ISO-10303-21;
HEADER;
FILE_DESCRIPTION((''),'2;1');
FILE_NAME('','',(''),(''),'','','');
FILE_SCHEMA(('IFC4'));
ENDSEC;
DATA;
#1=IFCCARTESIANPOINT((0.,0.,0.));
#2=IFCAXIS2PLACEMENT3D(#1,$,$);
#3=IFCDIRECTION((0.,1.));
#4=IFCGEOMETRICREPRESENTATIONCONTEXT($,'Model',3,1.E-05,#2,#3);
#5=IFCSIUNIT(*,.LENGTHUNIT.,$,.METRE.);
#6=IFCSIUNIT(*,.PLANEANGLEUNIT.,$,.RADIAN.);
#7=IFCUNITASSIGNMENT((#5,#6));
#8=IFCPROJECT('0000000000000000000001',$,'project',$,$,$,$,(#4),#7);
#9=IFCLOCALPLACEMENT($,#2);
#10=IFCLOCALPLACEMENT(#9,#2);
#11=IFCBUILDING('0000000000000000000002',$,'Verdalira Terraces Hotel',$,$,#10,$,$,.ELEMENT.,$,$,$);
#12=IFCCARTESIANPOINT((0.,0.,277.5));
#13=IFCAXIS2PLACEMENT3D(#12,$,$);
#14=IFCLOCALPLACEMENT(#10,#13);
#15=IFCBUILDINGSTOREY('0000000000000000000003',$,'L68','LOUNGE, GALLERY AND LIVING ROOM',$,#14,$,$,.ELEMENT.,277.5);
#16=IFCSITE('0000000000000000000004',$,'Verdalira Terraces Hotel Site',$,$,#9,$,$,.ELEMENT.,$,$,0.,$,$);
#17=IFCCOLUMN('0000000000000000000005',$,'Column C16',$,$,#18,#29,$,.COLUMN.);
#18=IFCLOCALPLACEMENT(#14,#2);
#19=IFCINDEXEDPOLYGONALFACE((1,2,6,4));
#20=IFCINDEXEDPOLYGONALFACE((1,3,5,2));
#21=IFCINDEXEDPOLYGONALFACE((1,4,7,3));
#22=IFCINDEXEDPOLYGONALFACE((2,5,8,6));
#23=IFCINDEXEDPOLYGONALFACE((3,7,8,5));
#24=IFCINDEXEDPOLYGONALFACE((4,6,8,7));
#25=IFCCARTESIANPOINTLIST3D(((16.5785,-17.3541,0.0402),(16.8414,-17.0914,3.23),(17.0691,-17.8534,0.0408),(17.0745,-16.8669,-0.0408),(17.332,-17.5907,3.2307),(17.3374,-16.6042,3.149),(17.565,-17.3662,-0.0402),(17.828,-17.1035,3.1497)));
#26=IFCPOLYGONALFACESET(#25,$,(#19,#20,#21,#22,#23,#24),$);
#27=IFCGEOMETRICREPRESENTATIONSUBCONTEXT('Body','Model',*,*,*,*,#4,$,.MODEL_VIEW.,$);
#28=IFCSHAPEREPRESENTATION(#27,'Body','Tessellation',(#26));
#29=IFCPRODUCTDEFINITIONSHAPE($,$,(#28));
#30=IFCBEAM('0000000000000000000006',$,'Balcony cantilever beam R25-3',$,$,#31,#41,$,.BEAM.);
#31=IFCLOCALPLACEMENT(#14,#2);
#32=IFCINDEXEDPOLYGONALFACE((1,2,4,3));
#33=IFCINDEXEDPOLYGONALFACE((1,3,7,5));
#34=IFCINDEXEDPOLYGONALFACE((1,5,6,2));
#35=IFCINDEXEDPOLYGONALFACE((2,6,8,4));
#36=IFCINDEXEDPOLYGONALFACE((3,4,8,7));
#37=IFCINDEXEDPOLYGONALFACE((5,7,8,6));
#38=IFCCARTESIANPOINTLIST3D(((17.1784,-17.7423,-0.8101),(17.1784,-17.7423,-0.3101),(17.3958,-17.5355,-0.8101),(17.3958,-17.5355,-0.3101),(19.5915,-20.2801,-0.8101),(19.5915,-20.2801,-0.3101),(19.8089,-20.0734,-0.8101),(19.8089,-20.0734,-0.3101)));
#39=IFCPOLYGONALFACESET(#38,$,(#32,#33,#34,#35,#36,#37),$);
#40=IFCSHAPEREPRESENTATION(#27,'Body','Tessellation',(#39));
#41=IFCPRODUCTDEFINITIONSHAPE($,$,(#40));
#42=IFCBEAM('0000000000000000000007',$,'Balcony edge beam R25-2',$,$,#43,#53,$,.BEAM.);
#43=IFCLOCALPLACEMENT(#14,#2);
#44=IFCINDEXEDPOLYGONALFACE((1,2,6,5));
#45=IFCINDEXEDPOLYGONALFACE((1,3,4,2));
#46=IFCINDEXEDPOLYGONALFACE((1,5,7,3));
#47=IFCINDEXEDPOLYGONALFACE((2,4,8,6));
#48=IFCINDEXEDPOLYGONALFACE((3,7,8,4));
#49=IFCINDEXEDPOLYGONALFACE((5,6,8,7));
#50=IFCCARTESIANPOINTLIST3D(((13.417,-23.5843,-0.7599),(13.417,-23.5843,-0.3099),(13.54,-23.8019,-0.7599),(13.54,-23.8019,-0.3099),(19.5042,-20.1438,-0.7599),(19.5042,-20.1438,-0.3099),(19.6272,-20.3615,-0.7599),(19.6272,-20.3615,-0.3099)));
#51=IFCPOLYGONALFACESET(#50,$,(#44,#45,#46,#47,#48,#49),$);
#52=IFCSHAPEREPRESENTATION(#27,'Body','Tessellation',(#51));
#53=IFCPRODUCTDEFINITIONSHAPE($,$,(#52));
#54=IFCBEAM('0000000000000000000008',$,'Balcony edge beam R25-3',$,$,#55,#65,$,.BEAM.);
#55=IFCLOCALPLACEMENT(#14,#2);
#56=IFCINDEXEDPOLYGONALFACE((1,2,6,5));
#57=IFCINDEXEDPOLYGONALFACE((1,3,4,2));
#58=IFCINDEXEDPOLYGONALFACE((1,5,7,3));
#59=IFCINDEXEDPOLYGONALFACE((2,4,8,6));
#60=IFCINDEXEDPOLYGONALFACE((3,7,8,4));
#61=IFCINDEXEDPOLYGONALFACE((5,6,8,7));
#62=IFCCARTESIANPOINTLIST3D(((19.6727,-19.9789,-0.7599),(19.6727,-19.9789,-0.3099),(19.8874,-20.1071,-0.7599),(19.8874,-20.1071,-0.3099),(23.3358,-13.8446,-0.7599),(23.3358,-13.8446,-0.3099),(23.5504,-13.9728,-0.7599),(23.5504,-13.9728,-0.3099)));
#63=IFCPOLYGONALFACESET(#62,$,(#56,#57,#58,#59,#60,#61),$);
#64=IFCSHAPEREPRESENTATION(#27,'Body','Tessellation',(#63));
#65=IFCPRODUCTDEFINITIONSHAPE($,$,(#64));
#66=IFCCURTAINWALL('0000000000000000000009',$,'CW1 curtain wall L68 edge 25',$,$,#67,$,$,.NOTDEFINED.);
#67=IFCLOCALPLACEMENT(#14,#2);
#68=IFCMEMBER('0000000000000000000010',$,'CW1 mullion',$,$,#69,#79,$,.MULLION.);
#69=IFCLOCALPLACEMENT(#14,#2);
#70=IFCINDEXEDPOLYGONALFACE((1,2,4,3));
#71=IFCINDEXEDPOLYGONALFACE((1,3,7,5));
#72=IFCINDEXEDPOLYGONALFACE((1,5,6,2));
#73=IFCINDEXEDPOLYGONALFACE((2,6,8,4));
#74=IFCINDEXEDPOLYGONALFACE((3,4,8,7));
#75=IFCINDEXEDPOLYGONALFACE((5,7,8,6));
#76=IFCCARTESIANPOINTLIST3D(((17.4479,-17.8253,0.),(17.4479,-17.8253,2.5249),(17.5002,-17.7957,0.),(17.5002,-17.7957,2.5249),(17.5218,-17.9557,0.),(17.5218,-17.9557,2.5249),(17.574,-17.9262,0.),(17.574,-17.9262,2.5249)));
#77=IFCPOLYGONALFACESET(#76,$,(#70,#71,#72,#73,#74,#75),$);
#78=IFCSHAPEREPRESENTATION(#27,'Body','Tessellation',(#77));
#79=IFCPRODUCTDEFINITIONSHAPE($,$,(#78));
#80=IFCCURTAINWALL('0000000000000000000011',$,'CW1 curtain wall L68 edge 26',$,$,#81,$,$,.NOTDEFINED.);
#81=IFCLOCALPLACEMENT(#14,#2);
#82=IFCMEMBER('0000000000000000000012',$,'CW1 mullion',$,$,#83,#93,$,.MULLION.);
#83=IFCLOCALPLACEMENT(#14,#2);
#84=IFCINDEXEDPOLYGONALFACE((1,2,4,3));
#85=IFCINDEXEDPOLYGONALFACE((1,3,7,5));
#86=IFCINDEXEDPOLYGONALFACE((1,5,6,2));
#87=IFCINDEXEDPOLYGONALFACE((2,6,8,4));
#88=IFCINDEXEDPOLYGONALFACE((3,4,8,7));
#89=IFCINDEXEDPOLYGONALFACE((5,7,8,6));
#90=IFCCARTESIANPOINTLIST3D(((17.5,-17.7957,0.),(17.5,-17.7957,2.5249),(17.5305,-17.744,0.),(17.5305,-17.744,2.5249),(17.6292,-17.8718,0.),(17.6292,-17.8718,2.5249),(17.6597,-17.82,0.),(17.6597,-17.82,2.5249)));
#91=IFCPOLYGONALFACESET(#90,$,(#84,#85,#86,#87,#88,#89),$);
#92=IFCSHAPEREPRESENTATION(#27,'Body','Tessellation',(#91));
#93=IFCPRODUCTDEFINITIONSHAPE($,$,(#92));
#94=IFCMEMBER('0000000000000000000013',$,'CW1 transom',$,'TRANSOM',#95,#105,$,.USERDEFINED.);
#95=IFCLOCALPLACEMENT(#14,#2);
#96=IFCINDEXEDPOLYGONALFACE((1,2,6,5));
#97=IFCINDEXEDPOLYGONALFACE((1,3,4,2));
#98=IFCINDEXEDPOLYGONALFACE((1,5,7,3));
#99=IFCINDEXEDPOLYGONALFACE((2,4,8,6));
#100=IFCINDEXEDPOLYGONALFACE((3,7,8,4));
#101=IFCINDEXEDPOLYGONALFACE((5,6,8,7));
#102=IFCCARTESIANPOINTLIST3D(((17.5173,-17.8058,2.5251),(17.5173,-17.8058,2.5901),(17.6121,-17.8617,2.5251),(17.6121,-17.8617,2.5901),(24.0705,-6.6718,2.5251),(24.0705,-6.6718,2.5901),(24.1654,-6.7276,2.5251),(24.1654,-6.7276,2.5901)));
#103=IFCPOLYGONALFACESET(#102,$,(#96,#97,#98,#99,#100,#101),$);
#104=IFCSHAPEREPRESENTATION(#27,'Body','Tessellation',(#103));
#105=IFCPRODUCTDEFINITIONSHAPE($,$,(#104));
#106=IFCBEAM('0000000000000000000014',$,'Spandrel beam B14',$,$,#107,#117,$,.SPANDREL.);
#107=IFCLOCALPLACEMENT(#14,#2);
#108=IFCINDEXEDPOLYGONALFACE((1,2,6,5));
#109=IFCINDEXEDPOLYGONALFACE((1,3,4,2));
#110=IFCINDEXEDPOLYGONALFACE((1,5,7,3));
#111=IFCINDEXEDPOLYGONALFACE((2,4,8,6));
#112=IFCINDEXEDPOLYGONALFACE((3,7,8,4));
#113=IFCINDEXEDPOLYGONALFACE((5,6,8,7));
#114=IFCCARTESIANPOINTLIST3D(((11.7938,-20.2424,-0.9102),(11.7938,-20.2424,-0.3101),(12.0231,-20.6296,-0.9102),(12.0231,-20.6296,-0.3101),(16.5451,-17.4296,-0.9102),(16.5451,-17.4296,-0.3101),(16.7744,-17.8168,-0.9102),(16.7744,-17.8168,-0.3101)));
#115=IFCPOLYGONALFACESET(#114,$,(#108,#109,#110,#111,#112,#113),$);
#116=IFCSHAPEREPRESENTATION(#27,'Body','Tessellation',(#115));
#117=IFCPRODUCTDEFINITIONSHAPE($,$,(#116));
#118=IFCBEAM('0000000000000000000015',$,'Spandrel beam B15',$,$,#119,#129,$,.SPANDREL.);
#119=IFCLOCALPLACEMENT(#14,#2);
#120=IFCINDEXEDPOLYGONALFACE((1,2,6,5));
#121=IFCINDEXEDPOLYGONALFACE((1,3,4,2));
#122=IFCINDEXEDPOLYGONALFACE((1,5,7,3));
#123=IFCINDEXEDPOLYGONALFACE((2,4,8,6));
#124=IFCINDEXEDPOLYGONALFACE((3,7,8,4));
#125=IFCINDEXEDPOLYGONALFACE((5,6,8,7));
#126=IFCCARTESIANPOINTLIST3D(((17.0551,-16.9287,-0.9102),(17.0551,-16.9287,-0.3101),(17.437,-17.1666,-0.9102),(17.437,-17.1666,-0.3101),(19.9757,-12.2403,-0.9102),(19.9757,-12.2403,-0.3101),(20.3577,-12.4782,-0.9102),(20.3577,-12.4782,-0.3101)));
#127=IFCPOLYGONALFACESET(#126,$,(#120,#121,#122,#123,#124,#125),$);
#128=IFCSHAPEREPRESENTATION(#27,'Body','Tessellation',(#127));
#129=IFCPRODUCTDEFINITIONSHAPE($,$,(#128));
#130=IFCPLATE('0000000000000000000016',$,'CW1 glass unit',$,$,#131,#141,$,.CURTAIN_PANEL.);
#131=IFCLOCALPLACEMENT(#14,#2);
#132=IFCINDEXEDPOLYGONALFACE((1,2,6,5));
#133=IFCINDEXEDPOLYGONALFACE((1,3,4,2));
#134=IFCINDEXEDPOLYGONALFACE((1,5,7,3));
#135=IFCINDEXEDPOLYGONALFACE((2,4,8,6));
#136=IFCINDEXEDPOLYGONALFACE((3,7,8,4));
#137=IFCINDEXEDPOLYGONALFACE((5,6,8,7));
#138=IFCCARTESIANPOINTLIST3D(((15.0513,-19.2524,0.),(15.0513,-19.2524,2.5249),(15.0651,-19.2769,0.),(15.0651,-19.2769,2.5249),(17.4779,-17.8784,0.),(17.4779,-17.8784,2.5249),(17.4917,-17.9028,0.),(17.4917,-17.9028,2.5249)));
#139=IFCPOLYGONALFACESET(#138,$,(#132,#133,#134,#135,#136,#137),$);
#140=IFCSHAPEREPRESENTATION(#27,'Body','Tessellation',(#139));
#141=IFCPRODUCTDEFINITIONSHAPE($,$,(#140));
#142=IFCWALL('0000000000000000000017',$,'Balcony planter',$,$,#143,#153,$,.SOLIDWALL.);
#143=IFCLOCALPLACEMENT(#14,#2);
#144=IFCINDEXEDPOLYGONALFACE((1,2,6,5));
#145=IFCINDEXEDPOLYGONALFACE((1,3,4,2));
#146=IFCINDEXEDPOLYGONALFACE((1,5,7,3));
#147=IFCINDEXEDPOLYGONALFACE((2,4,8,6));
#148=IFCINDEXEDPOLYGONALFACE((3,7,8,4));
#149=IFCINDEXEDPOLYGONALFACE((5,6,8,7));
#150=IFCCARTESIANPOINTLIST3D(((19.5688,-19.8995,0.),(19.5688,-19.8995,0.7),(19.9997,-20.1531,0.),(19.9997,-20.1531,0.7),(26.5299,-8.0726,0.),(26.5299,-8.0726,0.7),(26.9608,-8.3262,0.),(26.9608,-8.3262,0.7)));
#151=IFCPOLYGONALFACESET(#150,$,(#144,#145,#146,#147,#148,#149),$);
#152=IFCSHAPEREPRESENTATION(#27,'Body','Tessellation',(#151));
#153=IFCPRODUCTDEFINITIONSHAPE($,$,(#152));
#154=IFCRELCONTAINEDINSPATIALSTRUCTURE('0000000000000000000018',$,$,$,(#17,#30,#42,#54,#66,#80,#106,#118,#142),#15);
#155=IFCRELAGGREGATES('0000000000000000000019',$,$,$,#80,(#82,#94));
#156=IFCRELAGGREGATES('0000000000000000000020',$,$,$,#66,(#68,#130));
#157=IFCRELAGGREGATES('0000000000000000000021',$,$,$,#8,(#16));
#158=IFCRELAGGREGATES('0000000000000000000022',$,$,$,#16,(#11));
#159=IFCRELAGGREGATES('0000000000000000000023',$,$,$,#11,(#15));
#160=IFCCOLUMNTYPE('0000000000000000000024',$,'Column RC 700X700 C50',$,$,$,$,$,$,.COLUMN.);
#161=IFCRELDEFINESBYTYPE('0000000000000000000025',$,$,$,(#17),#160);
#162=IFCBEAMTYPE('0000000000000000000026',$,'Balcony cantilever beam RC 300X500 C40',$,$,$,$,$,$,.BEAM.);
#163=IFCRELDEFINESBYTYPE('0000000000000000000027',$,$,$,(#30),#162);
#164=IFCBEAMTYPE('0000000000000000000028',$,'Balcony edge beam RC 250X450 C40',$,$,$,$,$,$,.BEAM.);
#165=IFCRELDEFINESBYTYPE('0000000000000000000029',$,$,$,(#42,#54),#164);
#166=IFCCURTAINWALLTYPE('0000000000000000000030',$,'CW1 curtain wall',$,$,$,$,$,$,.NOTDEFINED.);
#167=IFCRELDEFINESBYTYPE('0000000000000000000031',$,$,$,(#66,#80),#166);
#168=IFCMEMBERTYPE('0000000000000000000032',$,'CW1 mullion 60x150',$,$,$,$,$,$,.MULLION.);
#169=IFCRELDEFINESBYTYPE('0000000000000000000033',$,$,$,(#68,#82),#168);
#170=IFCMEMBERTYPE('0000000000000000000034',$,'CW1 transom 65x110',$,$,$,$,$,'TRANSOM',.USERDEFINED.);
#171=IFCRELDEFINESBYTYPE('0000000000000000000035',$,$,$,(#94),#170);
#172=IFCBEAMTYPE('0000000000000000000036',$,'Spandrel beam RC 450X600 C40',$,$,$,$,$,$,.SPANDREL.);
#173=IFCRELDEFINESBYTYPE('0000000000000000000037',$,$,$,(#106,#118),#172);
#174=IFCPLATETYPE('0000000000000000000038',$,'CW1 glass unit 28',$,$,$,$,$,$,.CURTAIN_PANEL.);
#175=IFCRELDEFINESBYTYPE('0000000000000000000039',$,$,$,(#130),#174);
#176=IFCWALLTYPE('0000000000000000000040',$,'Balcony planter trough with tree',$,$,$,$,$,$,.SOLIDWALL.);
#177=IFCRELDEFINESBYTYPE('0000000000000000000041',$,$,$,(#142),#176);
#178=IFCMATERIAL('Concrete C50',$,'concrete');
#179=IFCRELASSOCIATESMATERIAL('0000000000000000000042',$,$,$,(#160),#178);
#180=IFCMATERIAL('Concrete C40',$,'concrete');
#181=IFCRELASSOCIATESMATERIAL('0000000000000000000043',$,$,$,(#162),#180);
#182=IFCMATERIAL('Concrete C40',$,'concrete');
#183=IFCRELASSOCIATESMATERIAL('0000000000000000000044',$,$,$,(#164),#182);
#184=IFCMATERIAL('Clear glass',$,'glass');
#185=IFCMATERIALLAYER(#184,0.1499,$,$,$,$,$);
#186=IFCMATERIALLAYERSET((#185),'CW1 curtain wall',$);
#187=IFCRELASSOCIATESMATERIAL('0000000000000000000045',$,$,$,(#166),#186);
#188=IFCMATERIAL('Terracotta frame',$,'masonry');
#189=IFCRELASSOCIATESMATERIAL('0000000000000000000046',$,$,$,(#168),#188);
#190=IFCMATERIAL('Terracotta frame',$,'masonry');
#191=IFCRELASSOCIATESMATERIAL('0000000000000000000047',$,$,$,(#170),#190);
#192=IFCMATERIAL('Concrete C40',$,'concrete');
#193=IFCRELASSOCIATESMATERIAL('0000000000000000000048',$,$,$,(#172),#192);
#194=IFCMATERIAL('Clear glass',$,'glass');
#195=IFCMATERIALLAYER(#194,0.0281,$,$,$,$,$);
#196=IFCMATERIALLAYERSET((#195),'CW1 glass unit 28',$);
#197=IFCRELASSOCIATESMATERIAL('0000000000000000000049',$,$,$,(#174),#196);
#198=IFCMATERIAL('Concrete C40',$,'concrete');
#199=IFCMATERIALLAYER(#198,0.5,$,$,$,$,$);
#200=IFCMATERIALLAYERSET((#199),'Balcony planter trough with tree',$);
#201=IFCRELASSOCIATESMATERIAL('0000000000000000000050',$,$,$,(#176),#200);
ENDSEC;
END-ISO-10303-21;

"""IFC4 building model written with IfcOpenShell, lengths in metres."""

from ifc_helpers import new_model, si_unit, direction, frame, frame_2d, origin, origin_2d, place, context, subcontext, project, spatial, rectangle, extrude, material, layer, layer_set, material_profile, profile_set, type_object, element, aggregate, save


model = new_model("IFC4")

# Units and contexts
model_context = context("Model", 3, precision=1e-05, world=origin(), true_north=direction((0.0, 1.0)))
body_context = subcontext(model_context, "Body", "Model", "MODEL_VIEW")
ifc_project = project(units=[si_unit("LENGTHUNIT", "METRE"), si_unit("PLANEANGLEUNIT", "RADIAN")], contexts=[model_context])

# Site, building, storey
site_placement = place(None, origin())
site = spatial("IfcSite", under=ifc_project, at=site_placement, Name="Verdalira Terraces Hotel Site", CompositionType="ELEMENT", RefElevation=0.0)
building_placement = place(site_placement, origin())
building = spatial("IfcBuilding", under=site, at=building_placement, Name="Verdalira Terraces Hotel", CompositionType="ELEMENT")
storey_placement = place(building_placement, frame((0.0, 0.0, 277.5)))
storey = spatial("IfcBuildingStorey", under=building, at=storey_placement, Name="L68", Description="LOUNGE, GALLERY AND LIVING ROOM", CompositionType="ELEMENT", Elevation=277.5)

# Column
ifc_material_1 = material(Name="Concrete C50", Category="concrete")
ifc_material_profile_1 = material_profile(ifc_material_1, rectangle(XDim=0.7, YDim=0.7, at=origin_2d()), Name="RC 700X700")
ifc_profile_set_1 = profile_set([ifc_material_profile_1], Name="Concrete C50")
column_type = type_object("IfcColumnType", Name="Column RC 700X700 C50", PredefinedType="COLUMN", material=ifc_profile_set_1)
column_placement = place(storey_placement, frame((17.0718, -17.3601, 0.0), z_axis=(0.081874, 0.081798, 0.99328), x_axis=(-0.708617, -0.696038, 0.115729)))
element("IfcColumn", 1, at=column_placement, inside=storey, type_object=column_type, Name="Column C16", PredefinedType="COLUMN", context=body_context, shape_type="SweptSolid", body=[
    extrude(rectangle(XDim=0.7, YDim=0.7, at=origin_2d()), origin(), (0.0, 0.0, 1.0), 3.2114),
])

# Beams
ifc_material_2 = material(Name="Concrete C40", Category="concrete")
ifc_material_profile_2 = material_profile(ifc_material_2, rectangle(XDim=0.3, YDim=0.5, at=origin_2d()), Name="RC 300X500")
ifc_profile_set_2 = profile_set([ifc_material_profile_2], Name="Concrete C40")
beam_type_1 = type_object("IfcBeamType", Name="Balcony cantilever beam RC 300X500 C40", PredefinedType="BEAM", material=ifc_profile_set_2)
beam_1_placement = place(storey_placement, frame((17.2871, -17.6389, -0.5601), z_axis=(0.68907, -0.724695, 0.0), x_axis=(0.724695, 0.68907, 0.0)))
element("IfcBeam", 2, at=beam_1_placement, inside=storey, type_object=beam_type_1, Name="Balcony cantilever beam R25-3", PredefinedType="BEAM", context=body_context, shape_type="SweptSolid", body=[
    extrude(rectangle(XDim=0.3, YDim=0.5, at=origin_2d()), origin(), (0.0, 0.0, 1.0), 3.502),
])
ifc_material_3 = material(Name="Concrete C40", Category="concrete")
ifc_material_profile_3 = material_profile(ifc_material_3, rectangle(XDim=0.25, YDim=0.45, at=origin_2d()), Name="RC 250X450")
ifc_profile_set_3 = profile_set([ifc_material_profile_3], Name="Concrete C40")
beam_type_2 = type_object("IfcBeamType", Name="Balcony edge beam RC 250X450 C40", PredefinedType="BEAM", material=ifc_profile_set_3)
beam_2_placement = place(storey_placement, frame((13.4785, -23.6931, -0.5349), z_axis=(0.870571, 0.492042, 0.0), x_axis=(-0.492042, 0.870571, 0.0)))
element("IfcBeam", 3, at=beam_2_placement, inside=storey, type_object=beam_type_2, Name="Balcony edge beam R25-2", PredefinedType="BEAM", context=body_context, shape_type="SweptSolid", body=[
    extrude(rectangle(XDim=0.25, YDim=0.45, at=origin_2d()), origin(), (0.0, 0.0, 1.0), 6.9922),
])
beam_3_placement = place(storey_placement, frame((19.78, -20.043, -0.5349), z_axis=(0.512696, 0.85857, 0.0), x_axis=(-0.85857, 0.512696, 0.0)))
element("IfcBeam", 4, at=beam_3_placement, inside=storey, type_object=beam_type_2, Name="Balcony edge beam R25-3", PredefinedType="BEAM", context=body_context, shape_type="SweptSolid", body=[
    extrude(rectangle(XDim=0.25, YDim=0.45, at=origin_2d()), origin(), (0.0, 0.0, 1.0), 7.1448),
])

# Curtain wall, member
ifc_material_4 = material(Name="Clear glass", Category="glass")
ifc_layer_1 = layer(ifc_material_4, 0.1499)
ifc_layer_set_1 = layer_set([ifc_layer_1], Name="CW1 curtain wall")
curtain_wall_type = type_object("IfcCurtainWallType", Name="CW1 curtain wall", PredefinedType="NOTDEFINED", material=ifc_layer_set_1)
curtain_wall_1_placement = place(storey_placement, origin())
curtain_wall_1 = element("IfcCurtainWall", 5, at=curtain_wall_1_placement, inside=storey, type_object=curtain_wall_type, Name="CW1 curtain wall L68 edge 25", PredefinedType="NOTDEFINED")
ifc_material_5 = material(Name="Terracotta frame", Category="masonry")
ifc_material_profile_4 = material_profile(ifc_material_5, rectangle(XDim=0.0601, YDim=0.1499, at=origin_2d()), Name="MU 60x150")
ifc_profile_set_4 = profile_set([ifc_material_profile_4], Name="Terracotta frame")
member_type_1 = type_object("IfcMemberType", Name="CW1 mullion 60x150", PredefinedType="MULLION", material=ifc_profile_set_4)
member_1_placement = place(storey_placement, frame((17.511, -17.8757, 0.0), z_axis=(0.0, 0.0, 1.0), x_axis=(0.870184, 0.492727, 0.0)))
member_1 = element("IfcMember", 6, at=member_1_placement, type_object=member_type_1, Name="CW1 mullion", PredefinedType="MULLION", context=body_context, shape_type="SweptSolid", body=[
    extrude(rectangle(XDim=0.0601, YDim=0.1499, at=origin_2d()), origin(), (0.0, 0.0, 1.0), 2.5249),
])

# Curtain wall, members
curtain_wall_2_placement = place(storey_placement, origin())
curtain_wall_2 = element("IfcCurtainWall", 7, at=curtain_wall_2_placement, inside=storey, type_object=curtain_wall_type, Name="CW1 curtain wall L68 edge 26", PredefinedType="NOTDEFINED")
member_2_placement = place(storey_placement, frame((17.5798, -17.8079, 0.0), z_axis=(0.0, 0.0, 1.0), x_axis=(0.507238, 0.861806, 0.0)))
member_2 = element("IfcMember", 8, at=member_2_placement, type_object=member_type_1, Name="CW1 mullion", PredefinedType="MULLION", context=body_context, shape_type="SweptSolid", body=[
    extrude(rectangle(XDim=0.0601, YDim=0.1499, at=origin_2d()), origin(), (0.0, 0.0, 1.0), 2.5249),
])
ifc_material_6 = material(Name="Terracotta frame", Category="masonry")
ifc_material_profile_5 = material_profile(ifc_material_6, rectangle(XDim=0.1101, YDim=0.0649, at=origin_2d()), Name="TR 65x110")
ifc_profile_set_5 = profile_set([ifc_material_profile_5], Name="Terracotta frame")
member_type_2 = type_object("IfcMemberType", Name="CW1 transom 65x110", ElementType="TRANSOM", PredefinedType="USERDEFINED", material=ifc_profile_set_5)
member_3_placement = place(storey_placement, frame((17.5647, -17.8337, 2.5576), z_axis=(0.507238, 0.861806, 0.0), x_axis=(-0.861806, 0.507238, 0.0)))
member_3 = element("IfcMember", 9, at=member_3_placement, type_object=member_type_2, Name="CW1 transom", ObjectType="TRANSOM", PredefinedType="USERDEFINED", context=body_context, shape_type="SweptSolid", body=[
    extrude(rectangle(XDim=0.1101, YDim=0.0649, at=origin_2d()), origin(), (0.0, 0.0, 1.0), 12.9194),
])
aggregate(curtain_wall_2, [member_2, member_3])

# Beams
ifc_material_7 = material(Name="Concrete C40", Category="concrete")
ifc_material_profile_6 = material_profile(ifc_material_7, rectangle(XDim=0.45, YDim=0.6001, at=origin_2d()), Name="RC 450X600")
ifc_profile_set_6 = profile_set([ifc_material_profile_6], Name="Concrete C40")
beam_type_3 = type_object("IfcBeamType", Name="Spandrel beam RC 450X600 C40", PredefinedType="SPANDREL", material=ifc_profile_set_6)
beam_4_placement = place(storey_placement, frame((11.9084, -20.436, -0.6101), z_axis=(0.860513, 0.509428, 0.0), x_axis=(-0.509428, 0.860513, 0.0)))
element("IfcBeam", 10, at=beam_4_placement, inside=storey, type_object=beam_type_3, Name="Spandrel beam B14", PredefinedType="SPANDREL", context=body_context, shape_type="SweptSolid", body=[
    extrude(rectangle(XDim=0.45, YDim=0.6001, at=origin_2d()), origin(), (0.0, 0.0, 1.0), 5.5215),
])
beam_5_placement = place(storey_placement, frame((17.2461, -17.0476, -0.6101), z_axis=(0.528743, 0.848782, 0.0), x_axis=(-0.848782, 0.528743, 0.0)))
element("IfcBeam", 11, at=beam_5_placement, inside=storey, type_object=beam_type_3, Name="Spandrel beam B15", PredefinedType="SPANDREL", context=body_context, shape_type="SweptSolid", body=[
    extrude(rectangle(XDim=0.45, YDim=0.6001, at=origin_2d()), origin(), (0.0, 0.0, 1.0), 5.5237),
])

# Plate
ifc_material_8 = material(Name="Clear glass", Category="glass")
ifc_layer_2 = layer(ifc_material_8, 0.0281)
ifc_layer_set_2 = layer_set([ifc_layer_2], Name="CW1 glass unit 28")
plate_type = type_object("IfcPlateType", Name="CW1 glass unit 28", PredefinedType="CURTAIN_PANEL", material=ifc_layer_set_2)
plate_placement = place(storey_placement, frame((16.2715, -18.5776, 0.0), z_axis=(0.0, 0.0, 1.0), x_axis=(0.870184, 0.492727, 0.0)))
plate = element("IfcPlate", 12, at=plate_placement, type_object=plate_type, Name="CW1 glass unit", PredefinedType="CURTAIN_PANEL", context=body_context, shape_type="SweptSolid", body=[
    extrude(rectangle(XDim=2.7886, YDim=0.0281, at=origin_2d()), origin(), (0.0, 0.0, 1.0), 2.5249),
])
aggregate(curtain_wall_1, [member_1, plate])

# Wall
ifc_material_9 = material(Name="Concrete C40", Category="concrete")
ifc_layer_3 = layer(ifc_material_9, 0.5)
ifc_layer_set_3 = layer_set([ifc_layer_3], Name="Balcony planter trough with tree")
wall_type_1 = type_object("IfcWallType", Name="Balcony planter trough with tree", PredefinedType="SOLIDWALL", material=ifc_layer_set_3)
wall_1_placement = place(storey_placement, frame((19.7842, -20.0264, 0.0), z_axis=(0.0, 0.0, 1.0), x_axis=(0.507246, 0.861801, 0.0)))
element("IfcWall", 13, at=wall_1_placement, inside=storey, type_object=wall_type_1, Name="Balcony planter", PredefinedType="SOLIDWALL", context=body_context, shape_type="SweptSolid", body=[
    extrude(rectangle(XDim=13.7234, YDim=0.5, at=frame_2d((6.8618, 0.0))), origin(), (0.0, 0.0, 1.0), 0.7),
])

save(model, "model.ifc")
